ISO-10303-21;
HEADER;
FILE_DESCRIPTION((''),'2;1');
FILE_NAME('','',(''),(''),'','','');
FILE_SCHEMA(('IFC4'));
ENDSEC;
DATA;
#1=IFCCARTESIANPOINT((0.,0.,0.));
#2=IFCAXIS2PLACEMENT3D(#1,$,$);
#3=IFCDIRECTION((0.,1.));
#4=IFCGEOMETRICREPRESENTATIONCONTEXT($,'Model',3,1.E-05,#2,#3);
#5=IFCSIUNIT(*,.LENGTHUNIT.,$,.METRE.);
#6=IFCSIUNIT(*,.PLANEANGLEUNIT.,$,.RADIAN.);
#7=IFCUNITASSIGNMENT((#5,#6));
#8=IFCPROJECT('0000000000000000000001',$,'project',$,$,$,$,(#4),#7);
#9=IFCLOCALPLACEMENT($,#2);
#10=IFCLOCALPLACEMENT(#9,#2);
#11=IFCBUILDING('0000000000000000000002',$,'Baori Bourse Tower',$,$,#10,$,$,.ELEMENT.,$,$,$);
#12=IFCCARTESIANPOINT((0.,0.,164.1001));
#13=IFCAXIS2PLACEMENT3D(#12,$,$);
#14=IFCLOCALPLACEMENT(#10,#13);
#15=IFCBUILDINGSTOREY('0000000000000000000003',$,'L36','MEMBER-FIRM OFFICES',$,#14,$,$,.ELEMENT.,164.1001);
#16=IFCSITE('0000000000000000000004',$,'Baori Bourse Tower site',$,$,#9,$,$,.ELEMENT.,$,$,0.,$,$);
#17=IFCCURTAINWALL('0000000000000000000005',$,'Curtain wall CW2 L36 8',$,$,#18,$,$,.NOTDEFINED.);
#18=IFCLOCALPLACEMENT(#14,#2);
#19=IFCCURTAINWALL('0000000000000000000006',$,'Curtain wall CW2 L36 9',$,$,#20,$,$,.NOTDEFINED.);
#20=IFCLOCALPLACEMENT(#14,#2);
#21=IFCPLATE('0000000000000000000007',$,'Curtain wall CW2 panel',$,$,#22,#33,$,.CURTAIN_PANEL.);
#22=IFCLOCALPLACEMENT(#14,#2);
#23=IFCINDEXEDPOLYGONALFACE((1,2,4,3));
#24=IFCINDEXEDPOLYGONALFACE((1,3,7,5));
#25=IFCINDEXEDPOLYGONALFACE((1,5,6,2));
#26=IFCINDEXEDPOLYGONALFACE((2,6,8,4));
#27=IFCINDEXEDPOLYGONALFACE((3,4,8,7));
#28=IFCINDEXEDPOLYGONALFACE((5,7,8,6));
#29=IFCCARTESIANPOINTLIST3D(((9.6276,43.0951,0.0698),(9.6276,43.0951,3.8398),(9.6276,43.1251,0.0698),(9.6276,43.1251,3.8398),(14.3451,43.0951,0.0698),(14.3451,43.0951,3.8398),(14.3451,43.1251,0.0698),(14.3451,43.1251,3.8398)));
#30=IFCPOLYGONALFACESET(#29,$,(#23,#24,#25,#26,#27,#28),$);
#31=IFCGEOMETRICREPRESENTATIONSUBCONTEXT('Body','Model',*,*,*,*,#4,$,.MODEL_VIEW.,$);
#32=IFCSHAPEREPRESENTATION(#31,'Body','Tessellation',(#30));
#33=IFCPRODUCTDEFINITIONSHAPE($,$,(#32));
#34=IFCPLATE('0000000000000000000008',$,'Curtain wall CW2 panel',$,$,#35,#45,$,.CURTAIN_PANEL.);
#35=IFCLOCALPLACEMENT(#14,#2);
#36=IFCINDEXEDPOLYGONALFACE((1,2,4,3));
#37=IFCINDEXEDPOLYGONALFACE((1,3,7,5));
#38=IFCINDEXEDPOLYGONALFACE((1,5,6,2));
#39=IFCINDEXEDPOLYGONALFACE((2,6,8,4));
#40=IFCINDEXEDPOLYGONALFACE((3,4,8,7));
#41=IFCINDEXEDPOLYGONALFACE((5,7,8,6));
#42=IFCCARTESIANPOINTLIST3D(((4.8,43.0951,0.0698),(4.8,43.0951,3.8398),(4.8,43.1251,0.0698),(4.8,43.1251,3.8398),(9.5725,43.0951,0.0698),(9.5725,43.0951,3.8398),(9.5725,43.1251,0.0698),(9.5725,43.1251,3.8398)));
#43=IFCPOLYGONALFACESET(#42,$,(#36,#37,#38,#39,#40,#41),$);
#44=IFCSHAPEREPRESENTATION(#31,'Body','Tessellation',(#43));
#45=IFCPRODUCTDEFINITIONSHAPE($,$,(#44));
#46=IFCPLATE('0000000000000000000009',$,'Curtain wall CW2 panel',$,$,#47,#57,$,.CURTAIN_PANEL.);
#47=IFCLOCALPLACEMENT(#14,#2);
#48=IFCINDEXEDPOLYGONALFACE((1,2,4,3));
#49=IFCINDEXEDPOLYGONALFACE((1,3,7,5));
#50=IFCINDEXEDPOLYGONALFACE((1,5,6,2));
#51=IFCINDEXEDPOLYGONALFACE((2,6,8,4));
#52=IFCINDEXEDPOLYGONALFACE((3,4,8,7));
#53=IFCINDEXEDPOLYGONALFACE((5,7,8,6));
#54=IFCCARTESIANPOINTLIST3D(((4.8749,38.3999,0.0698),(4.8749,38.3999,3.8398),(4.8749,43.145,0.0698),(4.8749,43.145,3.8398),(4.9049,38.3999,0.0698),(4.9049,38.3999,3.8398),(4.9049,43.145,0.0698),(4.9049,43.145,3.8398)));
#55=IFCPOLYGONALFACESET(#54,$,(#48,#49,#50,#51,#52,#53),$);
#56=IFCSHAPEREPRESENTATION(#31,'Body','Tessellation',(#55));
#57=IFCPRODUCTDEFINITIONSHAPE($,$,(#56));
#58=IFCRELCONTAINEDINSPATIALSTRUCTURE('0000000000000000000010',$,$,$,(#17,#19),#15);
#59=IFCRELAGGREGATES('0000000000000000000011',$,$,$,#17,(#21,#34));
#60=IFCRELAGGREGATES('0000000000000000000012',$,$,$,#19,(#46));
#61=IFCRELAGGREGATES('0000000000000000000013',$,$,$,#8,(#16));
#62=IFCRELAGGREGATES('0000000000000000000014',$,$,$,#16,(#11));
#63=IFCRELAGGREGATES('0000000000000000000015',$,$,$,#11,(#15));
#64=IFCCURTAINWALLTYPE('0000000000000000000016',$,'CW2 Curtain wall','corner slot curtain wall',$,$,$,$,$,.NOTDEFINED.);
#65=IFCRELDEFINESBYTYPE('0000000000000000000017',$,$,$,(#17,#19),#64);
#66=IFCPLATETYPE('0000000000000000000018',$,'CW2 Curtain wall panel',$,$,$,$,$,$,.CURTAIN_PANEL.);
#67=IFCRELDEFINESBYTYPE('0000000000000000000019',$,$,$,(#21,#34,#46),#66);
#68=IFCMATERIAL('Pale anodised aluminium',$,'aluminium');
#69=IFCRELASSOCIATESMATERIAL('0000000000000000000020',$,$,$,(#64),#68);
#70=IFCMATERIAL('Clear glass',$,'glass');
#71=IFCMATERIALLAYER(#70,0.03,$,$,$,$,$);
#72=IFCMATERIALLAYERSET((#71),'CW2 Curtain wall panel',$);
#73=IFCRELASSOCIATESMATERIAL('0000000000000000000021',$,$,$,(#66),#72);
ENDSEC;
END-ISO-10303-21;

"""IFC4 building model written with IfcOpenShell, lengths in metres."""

from ifc_helpers import new_model, si_unit, direction, frame, origin, origin_2d, place, context, subcontext, project, spatial, rectangle, extrude, material, layer, layer_set, type_object, element, aggregate, save


model = new_model("IFC4")

# Units and contexts
model_context = context("Model", 3, precision=1e-05, world=origin(), true_north=direction((0.0, 1.0)))
body_context = subcontext(model_context, "Body", "Model", "MODEL_VIEW")
ifc_project = project(units=[si_unit("LENGTHUNIT", "METRE"), si_unit("PLANEANGLEUNIT", "RADIAN")], contexts=[model_context])

# Site, building, storey
site_placement = place(None, origin())
site = spatial("IfcSite", under=ifc_project, at=site_placement, Name="Baori Bourse Tower site", CompositionType="ELEMENT", RefElevation=0.0)
building_placement = place(site_placement, origin())
building = spatial("IfcBuilding", under=site, at=building_placement, Name="Baori Bourse Tower", CompositionType="ELEMENT")
storey_placement = place(building_placement, frame((0.0, 0.0, 164.1001)))
storey = spatial("IfcBuildingStorey", under=building, at=storey_placement, Name="L36", Description="MEMBER-FIRM OFFICES", CompositionType="ELEMENT", Elevation=164.1001)

# Curtain wall
ifc_material_1 = material(Name="Pale anodised aluminium", Category="aluminium")
curtain_wall_type = type_object("IfcCurtainWallType", Name="CW2 Curtain wall", Description="corner slot curtain wall", PredefinedType="NOTDEFINED", material=ifc_material_1)
curtain_wall_1_placement = place(storey_placement, origin())
curtain_wall_1 = element("IfcCurtainWall", 1, at=curtain_wall_1_placement, inside=storey, type_object=curtain_wall_type, Name="Curtain wall CW2 L36 8", PredefinedType="NOTDEFINED")

# Curtain wall
curtain_wall_2_placement = place(storey_placement, origin())
curtain_wall_2 = element("IfcCurtainWall", 2, at=curtain_wall_2_placement, inside=storey, type_object=curtain_wall_type, Name="Curtain wall CW2 L36 9", PredefinedType="NOTDEFINED")

# Plates
ifc_material_2 = material(Name="Clear glass", Category="glass")
ifc_layer_1 = layer(ifc_material_2, 0.03)
ifc_layer_set_1 = layer_set([ifc_layer_1], Name="CW2 Curtain wall panel")
plate_type = type_object("IfcPlateType", Name="CW2 Curtain wall panel", PredefinedType="CURTAIN_PANEL", material=ifc_layer_set_1)
plate_1_placement = place(storey_placement, frame((11.9863, 43.1101, 0.0698), z_axis=(0.0, 0.0, 1.0), x_axis=(-1.0, 0.0, 0.0)))
plate_1 = element("IfcPlate", 3, at=plate_1_placement, type_object=plate_type, Name="Curtain wall CW2 panel", PredefinedType="CURTAIN_PANEL", context=body_context, shape_type="SweptSolid", body=[
    extrude(rectangle(XDim=4.7175, YDim=0.03, at=origin_2d()), origin(), (0.0, 0.0, 1.0), 3.77),
])
plate_2_placement = place(storey_placement, frame((7.1863, 43.1101, 0.0698), z_axis=(0.0, 0.0, 1.0), x_axis=(-1.0, 0.0, 0.0)))
plate_2 = element("IfcPlate", 4, at=plate_2_placement, type_object=plate_type, Name="Curtain wall CW2 panel", PredefinedType="CURTAIN_PANEL", context=body_context, shape_type="SweptSolid", body=[
    extrude(rectangle(XDim=4.7725, YDim=0.03, at=origin_2d()), origin(), (0.0, 0.0, 1.0), 3.77),
])
aggregate(curtain_wall_1, [plate_1, plate_2])
plate_3_placement = place(storey_placement, frame((4.8899, 40.7725, 0.0698), z_axis=(0.0, 0.0, 1.0), x_axis=(0.0, -1.0, 0.0)))
plate_3 = element("IfcPlate", 5, at=plate_3_placement, type_object=plate_type, Name="Curtain wall CW2 panel", PredefinedType="CURTAIN_PANEL", context=body_context, shape_type="SweptSolid", body=[
    extrude(rectangle(XDim=4.7451, YDim=0.03, at=origin_2d()), origin(), (0.0, 0.0, 1.0), 3.77),
])
aggregate(curtain_wall_2, [plate_3])

save(model, "model.ifc")
